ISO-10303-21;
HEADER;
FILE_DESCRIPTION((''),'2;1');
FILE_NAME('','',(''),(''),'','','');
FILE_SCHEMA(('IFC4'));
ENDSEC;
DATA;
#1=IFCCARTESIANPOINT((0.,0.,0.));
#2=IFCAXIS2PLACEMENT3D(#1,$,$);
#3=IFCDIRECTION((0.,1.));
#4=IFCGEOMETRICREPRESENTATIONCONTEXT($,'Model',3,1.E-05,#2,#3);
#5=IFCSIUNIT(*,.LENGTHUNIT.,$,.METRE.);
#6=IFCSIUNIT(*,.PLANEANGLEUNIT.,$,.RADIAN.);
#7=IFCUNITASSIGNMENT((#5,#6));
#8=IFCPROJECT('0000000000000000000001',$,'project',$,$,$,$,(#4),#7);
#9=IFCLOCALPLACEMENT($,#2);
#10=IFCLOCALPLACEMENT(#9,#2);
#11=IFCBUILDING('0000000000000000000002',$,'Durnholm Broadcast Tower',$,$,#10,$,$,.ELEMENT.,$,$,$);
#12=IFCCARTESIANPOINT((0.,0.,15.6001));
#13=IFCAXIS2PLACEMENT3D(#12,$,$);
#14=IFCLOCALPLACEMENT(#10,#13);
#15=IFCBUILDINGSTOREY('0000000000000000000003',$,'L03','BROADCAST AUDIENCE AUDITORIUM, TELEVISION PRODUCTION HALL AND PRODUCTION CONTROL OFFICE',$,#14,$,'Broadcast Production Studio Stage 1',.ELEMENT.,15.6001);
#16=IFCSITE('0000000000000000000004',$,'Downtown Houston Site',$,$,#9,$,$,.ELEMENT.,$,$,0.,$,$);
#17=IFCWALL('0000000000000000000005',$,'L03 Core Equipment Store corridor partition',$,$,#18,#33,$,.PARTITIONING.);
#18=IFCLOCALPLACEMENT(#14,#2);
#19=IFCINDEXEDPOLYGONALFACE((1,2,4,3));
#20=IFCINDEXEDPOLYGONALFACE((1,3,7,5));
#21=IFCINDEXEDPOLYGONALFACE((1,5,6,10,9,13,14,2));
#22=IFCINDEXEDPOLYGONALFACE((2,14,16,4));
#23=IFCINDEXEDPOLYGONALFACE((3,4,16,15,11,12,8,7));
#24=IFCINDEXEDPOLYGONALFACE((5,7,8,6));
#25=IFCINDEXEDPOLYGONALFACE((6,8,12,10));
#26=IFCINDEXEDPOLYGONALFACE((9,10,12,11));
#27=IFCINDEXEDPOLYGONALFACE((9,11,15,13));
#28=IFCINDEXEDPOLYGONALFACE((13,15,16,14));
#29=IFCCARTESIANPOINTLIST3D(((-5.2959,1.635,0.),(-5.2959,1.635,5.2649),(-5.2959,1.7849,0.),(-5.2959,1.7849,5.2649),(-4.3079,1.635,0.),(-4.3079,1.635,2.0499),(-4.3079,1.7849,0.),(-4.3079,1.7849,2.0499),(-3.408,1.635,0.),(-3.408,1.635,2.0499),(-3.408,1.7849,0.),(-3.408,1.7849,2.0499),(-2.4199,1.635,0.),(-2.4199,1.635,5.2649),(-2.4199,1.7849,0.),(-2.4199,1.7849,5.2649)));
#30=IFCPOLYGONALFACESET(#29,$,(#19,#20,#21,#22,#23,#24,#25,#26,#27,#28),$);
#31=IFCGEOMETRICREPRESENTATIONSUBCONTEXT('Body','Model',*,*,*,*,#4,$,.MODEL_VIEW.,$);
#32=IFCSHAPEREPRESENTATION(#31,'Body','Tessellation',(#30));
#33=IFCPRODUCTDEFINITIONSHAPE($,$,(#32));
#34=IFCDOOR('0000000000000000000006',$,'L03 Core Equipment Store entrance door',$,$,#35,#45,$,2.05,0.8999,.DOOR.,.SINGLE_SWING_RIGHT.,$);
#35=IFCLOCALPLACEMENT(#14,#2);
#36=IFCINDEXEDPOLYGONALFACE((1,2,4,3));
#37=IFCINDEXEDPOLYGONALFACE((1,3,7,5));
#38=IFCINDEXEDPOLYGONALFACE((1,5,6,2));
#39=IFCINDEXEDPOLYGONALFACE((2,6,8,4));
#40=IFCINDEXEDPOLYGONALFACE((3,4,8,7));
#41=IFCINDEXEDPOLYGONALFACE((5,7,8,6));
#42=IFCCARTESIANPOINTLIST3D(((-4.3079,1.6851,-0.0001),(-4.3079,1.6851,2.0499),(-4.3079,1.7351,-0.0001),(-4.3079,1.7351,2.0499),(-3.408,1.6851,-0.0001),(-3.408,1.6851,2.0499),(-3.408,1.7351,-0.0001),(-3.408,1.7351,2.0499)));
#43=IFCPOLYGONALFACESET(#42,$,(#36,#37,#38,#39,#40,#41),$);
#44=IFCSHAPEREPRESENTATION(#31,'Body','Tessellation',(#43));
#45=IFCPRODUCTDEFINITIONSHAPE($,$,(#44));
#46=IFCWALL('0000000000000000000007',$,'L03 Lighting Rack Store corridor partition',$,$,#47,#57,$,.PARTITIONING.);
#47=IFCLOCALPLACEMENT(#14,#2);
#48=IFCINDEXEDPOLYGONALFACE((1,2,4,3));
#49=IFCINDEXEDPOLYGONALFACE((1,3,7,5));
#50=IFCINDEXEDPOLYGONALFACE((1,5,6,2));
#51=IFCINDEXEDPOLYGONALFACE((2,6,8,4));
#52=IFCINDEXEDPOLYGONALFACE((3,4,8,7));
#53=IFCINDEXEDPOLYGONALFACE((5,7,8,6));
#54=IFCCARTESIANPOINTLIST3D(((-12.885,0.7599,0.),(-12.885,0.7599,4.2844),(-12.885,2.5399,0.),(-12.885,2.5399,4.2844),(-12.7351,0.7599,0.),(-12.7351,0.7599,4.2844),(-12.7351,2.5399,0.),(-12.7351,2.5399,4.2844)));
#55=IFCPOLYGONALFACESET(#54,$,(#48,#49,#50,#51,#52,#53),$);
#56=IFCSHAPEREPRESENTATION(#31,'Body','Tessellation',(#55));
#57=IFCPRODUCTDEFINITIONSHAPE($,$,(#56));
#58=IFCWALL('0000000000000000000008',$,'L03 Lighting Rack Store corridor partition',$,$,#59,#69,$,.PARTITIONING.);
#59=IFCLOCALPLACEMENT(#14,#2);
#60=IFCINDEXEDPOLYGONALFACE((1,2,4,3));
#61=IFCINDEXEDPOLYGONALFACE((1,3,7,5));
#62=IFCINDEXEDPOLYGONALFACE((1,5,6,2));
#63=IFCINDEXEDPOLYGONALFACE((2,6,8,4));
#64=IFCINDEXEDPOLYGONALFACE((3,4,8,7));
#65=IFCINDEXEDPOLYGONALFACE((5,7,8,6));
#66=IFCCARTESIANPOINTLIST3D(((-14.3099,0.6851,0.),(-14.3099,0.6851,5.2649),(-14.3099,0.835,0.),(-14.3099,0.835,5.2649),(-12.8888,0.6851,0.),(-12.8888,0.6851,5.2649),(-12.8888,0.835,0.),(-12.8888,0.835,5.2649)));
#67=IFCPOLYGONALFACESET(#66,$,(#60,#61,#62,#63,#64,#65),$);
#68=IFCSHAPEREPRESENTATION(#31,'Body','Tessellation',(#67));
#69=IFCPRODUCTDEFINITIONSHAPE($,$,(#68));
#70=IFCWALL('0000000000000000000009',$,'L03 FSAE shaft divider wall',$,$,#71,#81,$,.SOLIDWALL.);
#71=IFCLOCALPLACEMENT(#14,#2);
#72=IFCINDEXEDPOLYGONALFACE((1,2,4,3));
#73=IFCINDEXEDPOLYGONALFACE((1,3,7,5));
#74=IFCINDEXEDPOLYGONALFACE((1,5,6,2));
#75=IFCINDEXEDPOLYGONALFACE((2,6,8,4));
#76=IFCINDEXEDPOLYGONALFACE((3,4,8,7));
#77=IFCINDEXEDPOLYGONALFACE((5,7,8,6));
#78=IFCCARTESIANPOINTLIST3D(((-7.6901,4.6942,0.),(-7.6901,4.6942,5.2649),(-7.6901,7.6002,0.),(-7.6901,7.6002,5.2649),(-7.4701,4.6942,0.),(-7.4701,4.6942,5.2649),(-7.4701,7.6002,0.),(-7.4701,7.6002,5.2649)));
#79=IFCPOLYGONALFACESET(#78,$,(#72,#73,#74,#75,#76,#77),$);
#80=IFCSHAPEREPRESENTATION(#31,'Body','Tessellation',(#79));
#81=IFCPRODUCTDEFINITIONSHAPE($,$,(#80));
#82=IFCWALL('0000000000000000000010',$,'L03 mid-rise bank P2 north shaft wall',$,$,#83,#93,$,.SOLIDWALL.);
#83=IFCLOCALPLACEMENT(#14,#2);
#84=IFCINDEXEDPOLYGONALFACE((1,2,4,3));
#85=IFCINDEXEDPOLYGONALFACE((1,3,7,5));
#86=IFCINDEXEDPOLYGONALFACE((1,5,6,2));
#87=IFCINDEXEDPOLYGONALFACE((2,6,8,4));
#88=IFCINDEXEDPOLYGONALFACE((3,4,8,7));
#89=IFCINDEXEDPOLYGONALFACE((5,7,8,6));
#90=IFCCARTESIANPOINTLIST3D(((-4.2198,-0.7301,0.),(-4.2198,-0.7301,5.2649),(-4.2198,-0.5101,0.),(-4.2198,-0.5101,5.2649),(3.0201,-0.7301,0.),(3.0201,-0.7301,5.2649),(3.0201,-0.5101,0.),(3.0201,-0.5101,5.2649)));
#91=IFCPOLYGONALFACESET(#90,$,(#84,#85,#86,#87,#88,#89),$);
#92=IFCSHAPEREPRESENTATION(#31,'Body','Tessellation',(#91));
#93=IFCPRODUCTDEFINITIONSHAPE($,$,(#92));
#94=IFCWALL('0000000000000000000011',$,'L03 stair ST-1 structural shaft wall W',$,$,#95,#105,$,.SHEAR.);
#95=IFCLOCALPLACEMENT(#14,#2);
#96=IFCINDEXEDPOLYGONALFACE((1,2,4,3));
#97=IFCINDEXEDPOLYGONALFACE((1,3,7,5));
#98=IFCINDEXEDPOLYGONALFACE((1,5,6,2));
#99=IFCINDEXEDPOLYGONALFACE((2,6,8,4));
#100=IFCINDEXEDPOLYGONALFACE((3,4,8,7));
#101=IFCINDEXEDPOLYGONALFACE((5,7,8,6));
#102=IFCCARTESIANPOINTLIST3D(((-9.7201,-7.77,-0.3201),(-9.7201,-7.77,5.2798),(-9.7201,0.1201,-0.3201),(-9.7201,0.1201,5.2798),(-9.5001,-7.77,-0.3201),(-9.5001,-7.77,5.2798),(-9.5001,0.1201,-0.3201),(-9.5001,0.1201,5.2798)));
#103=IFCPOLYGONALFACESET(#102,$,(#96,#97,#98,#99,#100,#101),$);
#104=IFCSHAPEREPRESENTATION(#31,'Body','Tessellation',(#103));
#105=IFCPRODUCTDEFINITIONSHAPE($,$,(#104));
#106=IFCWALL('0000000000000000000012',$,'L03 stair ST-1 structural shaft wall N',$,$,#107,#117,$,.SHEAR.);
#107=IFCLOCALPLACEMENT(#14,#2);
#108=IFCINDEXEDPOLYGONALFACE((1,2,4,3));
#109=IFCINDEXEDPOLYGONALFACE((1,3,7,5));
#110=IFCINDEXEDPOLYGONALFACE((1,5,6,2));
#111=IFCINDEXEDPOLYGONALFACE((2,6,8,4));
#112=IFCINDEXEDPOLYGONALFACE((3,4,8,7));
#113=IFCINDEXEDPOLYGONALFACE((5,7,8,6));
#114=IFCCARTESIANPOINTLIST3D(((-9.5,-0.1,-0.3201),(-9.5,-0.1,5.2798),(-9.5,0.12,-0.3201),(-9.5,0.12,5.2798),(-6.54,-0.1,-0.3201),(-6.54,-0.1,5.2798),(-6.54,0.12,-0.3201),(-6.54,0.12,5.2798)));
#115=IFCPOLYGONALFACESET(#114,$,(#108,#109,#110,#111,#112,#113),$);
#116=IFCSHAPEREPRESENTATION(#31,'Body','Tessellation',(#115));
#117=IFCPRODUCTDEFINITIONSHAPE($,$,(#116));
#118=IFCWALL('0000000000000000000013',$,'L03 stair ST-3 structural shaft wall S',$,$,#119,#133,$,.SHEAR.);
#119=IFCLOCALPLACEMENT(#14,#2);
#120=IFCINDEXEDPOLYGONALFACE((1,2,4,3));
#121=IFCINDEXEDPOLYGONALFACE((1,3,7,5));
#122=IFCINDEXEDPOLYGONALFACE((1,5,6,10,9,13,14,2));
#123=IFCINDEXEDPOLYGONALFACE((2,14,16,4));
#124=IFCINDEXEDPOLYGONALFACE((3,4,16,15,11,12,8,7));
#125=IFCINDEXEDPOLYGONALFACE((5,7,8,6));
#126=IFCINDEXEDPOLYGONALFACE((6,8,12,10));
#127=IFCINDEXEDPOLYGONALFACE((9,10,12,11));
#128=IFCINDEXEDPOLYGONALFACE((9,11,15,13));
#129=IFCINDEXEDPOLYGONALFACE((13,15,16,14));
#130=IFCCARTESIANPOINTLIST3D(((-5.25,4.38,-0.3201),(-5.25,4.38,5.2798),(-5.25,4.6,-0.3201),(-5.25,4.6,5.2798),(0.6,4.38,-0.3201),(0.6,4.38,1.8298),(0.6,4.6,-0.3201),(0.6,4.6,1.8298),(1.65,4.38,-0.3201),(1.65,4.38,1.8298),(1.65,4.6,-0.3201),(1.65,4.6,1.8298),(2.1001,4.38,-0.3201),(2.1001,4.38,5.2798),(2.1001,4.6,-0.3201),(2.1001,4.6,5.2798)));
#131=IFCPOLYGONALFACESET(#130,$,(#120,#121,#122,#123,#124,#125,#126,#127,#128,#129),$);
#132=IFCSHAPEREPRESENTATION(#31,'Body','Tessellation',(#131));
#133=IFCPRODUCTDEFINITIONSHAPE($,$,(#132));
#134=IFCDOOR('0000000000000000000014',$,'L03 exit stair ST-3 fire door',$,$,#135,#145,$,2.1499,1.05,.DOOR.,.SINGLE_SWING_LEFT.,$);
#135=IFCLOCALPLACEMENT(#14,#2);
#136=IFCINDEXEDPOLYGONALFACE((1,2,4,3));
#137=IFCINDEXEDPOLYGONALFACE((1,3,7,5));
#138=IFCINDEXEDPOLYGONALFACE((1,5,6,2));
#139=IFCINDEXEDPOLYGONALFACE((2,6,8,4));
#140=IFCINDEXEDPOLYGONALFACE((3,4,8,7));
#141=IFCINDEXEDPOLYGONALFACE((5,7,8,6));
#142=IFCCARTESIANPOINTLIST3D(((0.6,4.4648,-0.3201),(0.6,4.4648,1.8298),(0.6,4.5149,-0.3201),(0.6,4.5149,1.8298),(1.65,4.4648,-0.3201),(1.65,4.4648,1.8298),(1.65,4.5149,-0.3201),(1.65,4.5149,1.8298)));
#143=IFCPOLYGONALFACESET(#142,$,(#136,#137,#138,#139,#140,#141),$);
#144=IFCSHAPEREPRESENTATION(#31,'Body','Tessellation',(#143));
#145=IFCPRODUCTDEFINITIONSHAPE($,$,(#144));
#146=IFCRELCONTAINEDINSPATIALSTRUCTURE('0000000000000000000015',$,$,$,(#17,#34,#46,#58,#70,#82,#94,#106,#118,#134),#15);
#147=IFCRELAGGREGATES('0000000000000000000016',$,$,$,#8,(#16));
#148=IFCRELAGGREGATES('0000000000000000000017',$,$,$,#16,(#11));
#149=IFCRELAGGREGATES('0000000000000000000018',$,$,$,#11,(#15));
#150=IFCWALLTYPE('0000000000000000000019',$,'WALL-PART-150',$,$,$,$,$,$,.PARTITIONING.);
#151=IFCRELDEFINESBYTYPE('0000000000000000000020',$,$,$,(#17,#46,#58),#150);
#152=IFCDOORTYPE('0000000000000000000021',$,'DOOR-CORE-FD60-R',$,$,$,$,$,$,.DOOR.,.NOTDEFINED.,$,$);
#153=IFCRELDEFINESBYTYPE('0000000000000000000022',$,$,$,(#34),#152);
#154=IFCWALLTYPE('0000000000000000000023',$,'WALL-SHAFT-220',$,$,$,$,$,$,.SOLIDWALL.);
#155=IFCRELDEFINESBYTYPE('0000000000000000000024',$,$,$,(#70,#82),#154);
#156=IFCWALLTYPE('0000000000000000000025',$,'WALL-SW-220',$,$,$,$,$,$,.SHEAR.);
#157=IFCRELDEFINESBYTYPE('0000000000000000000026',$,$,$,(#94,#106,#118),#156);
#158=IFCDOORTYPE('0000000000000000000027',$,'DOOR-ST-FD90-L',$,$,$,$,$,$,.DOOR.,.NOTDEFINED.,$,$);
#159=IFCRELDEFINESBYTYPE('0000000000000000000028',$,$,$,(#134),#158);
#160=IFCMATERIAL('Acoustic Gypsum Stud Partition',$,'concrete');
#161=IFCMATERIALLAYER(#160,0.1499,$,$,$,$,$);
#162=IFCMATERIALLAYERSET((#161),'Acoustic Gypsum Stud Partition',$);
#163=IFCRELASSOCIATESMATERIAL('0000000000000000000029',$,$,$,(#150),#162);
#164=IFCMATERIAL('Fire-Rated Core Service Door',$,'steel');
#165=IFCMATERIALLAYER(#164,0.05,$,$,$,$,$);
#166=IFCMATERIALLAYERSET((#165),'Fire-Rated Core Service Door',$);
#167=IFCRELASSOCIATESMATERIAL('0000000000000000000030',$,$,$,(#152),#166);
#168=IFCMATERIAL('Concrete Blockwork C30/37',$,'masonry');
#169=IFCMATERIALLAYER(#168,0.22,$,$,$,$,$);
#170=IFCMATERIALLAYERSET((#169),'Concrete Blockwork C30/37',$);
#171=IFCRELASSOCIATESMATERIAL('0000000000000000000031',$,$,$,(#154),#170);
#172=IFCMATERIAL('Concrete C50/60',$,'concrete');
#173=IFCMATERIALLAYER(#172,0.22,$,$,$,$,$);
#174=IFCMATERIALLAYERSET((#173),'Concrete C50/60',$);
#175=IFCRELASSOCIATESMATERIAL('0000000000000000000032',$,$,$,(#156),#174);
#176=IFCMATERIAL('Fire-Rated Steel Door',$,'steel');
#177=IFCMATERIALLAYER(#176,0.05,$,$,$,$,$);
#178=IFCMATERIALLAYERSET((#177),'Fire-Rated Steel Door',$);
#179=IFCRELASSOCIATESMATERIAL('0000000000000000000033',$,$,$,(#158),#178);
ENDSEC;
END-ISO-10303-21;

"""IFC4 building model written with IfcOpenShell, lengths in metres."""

from ifc_helpers import new_model, si_unit, direction, frame, frame_2d, origin, place, context, subcontext, project, spatial, rectangle, extrude, source, transform, mapped, material, layer, layer_set, type_object, type_shapes, element, fill, save


model = new_model("IFC4")

# Units and contexts
model_context = context("Model", 3, precision=1e-05, world=origin(), true_north=direction((0.0, 1.0)))
body_context = subcontext(model_context, "Body", "Model", "MODEL_VIEW")
ifc_project = project(units=[si_unit("LENGTHUNIT", "METRE"), si_unit("PLANEANGLEUNIT", "RADIAN")], contexts=[model_context])

# Site, building, storey
site_placement = place(None, origin())
site = spatial("IfcSite", under=ifc_project, at=site_placement, Name="Downtown Houston Site", CompositionType="ELEMENT", RefElevation=0.0)
building_placement = place(site_placement, origin())
building = spatial("IfcBuilding", under=site, at=building_placement, Name="Durnholm Broadcast Tower", CompositionType="ELEMENT")
storey_placement = place(building_placement, frame((0.0, 0.0, 15.6001)))
storey = spatial("IfcBuildingStorey", under=building, at=storey_placement, Name="L03", Description="BROADCAST AUDIENCE AUDITORIUM, TELEVISION PRODUCTION HALL AND PRODUCTION CONTROL OFFICE", LongName="Broadcast Production Studio Stage 1", CompositionType="ELEMENT", Elevation=15.6001)

# Wall, opening, door
ifc_material_1 = material(Name="Acoustic Gypsum Stud Partition", Category="concrete")
ifc_layer_1 = layer(ifc_material_1, 0.1499)
ifc_layer_set_1 = layer_set([ifc_layer_1], Name="Acoustic Gypsum Stud Partition")
wall_type_1 = type_object("IfcWallType", Name="WALL-PART-150", PredefinedType="PARTITIONING", material=ifc_layer_set_1)
wall_1_placement = place(storey_placement, frame((-2.4199, 1.71, 0.0), z_axis=(0.0, 0.0, 1.0), x_axis=(-1.0, 0.0, 0.0)))
wall_1 = element("IfcWall", 1, at=wall_1_placement, inside=storey, type_object=wall_type_1, Name="L03 Core Equipment Store corridor partition", PredefinedType="PARTITIONING", context=body_context, shape_type="SweptSolid", body=[
    extrude(rectangle(XDim=2.876, YDim=0.1499, at=frame_2d((1.438, 0.0))), origin(), (0.0, 0.0, 1.0), 5.2649),
])
opening_1_placement = place(wall_1_placement, frame((0.988, 0.0, 0.0)))
opening_1 = element("IfcOpeningElement", 2, at=opening_1_placement, cuts=wall_1, PredefinedType="OPENING", context=body_context, shape_type="SweptSolid", body=[
    extrude(rectangle(XDim=0.8999, YDim=2.05, at=frame_2d((0.45, 1.0249))), frame((0.0, 0.085, 0.0), z_axis=(0.0, -1.0, 0.0), x_axis=(1.0, 0.0, 0.0)), (0.0, 0.0, 1.0), 0.1699),
])
ifc_material_2 = material(Name="Fire-Rated Core Service Door", Category="steel")
ifc_layer_2 = layer(ifc_material_2, 0.05)
ifc_layer_set_2 = layer_set([ifc_layer_2], Name="Fire-Rated Core Service Door")
door_type_1 = type_object("IfcDoorType", Name="DOOR-CORE-FD60-R", OperationType="NOTDEFINED", PredefinedType="DOOR", material=ifc_layer_set_2)
shared_shape_1 = source(origin(), body_context, "Body", "SweptSolid", [
    extrude(rectangle(XDim=0.8999, YDim=2.05, at=frame_2d((0.45, 1.0249))), frame((0.0, 0.0249, 0.0), z_axis=(0.0, -1.0, 0.0), x_axis=(1.0, 0.0, 0.0)), (0.0, 0.0, 1.0), 0.05),
])
type_shapes(door_type_1, [shared_shape_1])
door_1_placement = place(opening_1_placement, origin())
door_1 = element("IfcDoor", 3, at=door_1_placement, inside=storey, type_object=door_type_1, Name="L03 Core Equipment Store entrance door", OperationType="SINGLE_SWING_RIGHT", OverallHeight=2.05, OverallWidth=0.8999, PredefinedType="DOOR", context=body_context, shape_type="MappedRepresentation", body=[
    mapped(shared_shape_1, transform((0.0, 0.0, 0.0), x_axis=(1.0, 0.0, 0.0), y_axis=(0.0, 1.0, 0.0), z_axis=(0.0, 0.0, 1.0), scale=1.0)),
])
fill(opening_1, door_1)

# Walls
wall_2_placement = place(storey_placement, frame((-12.8101, 2.54, 0.0), z_axis=(0.0, 0.0, 1.0), x_axis=(0.0, -1.0, 0.0)))
element("IfcWall", 4, at=wall_2_placement, inside=storey, type_object=wall_type_1, Name="L03 Lighting Rack Store corridor partition", PredefinedType="PARTITIONING", context=body_context, shape_type="SweptSolid", body=[
    extrude(rectangle(XDim=1.78, YDim=0.1499, at=frame_2d((0.8901, 0.0))), origin(), (0.0, 0.0, 1.0), 4.2844),
])
wall_3_placement = place(storey_placement, frame((-12.8889, 0.76, 0.0), z_axis=(0.0, 0.0, 1.0), x_axis=(-1.0, 0.0, 0.0)))
element("IfcWall", 5, at=wall_3_placement, inside=storey, type_object=wall_type_1, Name="L03 Lighting Rack Store corridor partition", PredefinedType="PARTITIONING", context=body_context, shape_type="SweptSolid", body=[
    extrude(rectangle(XDim=1.4211, YDim=0.1499, at=frame_2d((0.7104, 0.0))), origin(), (0.0, 0.0, 1.0), 5.2649),
])

# Shared definitions
ifc_material_3 = material(Name="Concrete Blockwork C30/37", Category="masonry")
ifc_layer_3 = layer(ifc_material_3, 0.22)
ifc_layer_set_3 = layer_set([ifc_layer_3], Name="Concrete Blockwork C30/37")
wall_type_2 = type_object("IfcWallType", Name="WALL-SHAFT-220", PredefinedType="SOLIDWALL", material=ifc_layer_set_3)

# Walls
wall_4_placement = place(storey_placement, frame((-7.5801, 4.6941, 0.0), z_axis=(0.0, 0.0, 1.0), x_axis=(0.0, 1.0, 0.0)))
element("IfcWall", 6, at=wall_4_placement, inside=storey, type_object=wall_type_2, Name="L03 FSAE shaft divider wall", PredefinedType="SOLIDWALL", context=body_context, shape_type="SweptSolid", body=[
    extrude(rectangle(XDim=2.906, YDim=0.22, at=frame_2d((1.4531, 0.0))), origin(), (0.0, 0.0, 1.0), 5.2649),
])
wall_5_placement = place(storey_placement, frame((-4.22, -0.6201, 0.0), z_axis=(0.0, 0.0, 1.0), x_axis=(1.0, 0.0, 0.0)))
element("IfcWall", 7, at=wall_5_placement, inside=storey, type_object=wall_type_2, Name="L03 mid-rise bank P2 north shaft wall", PredefinedType="SOLIDWALL", context=body_context, shape_type="SweptSolid", body=[
    extrude(rectangle(XDim=7.24, YDim=0.22, at=frame_2d((3.6201, 0.0))), origin(), (0.0, 0.0, 1.0), 5.2649),
])
ifc_material_4 = material(Name="Concrete C50/60", Category="concrete")
ifc_layer_4 = layer(ifc_material_4, 0.22)
ifc_layer_set_4 = layer_set([ifc_layer_4], Name="Concrete C50/60")
wall_type_3 = type_object("IfcWallType", Name="WALL-SW-220", PredefinedType="SHEAR", material=ifc_layer_set_4)
wall_6_placement = place(storey_placement, frame((-9.6101, 0.1201, -0.3201), z_axis=(0.0, 0.0, 1.0), x_axis=(0.0, -1.0, 0.0)))
element("IfcWall", 8, at=wall_6_placement, inside=storey, type_object=wall_type_3, Name="L03 stair ST-1 structural shaft wall W", PredefinedType="SHEAR", context=body_context, shape_type="SweptSolid", body=[
    extrude(rectangle(XDim=7.8901, YDim=0.22, at=frame_2d((3.9451, 0.0))), origin(), (0.0, 0.0, 1.0), 5.5999),
])
wall_7_placement = place(storey_placement, frame((-6.54, 0.01, -0.3201), z_axis=(0.0, 0.0, 1.0), x_axis=(-1.0, 0.0, 0.0)))
element("IfcWall", 9, at=wall_7_placement, inside=storey, type_object=wall_type_3, Name="L03 stair ST-1 structural shaft wall N", PredefinedType="SHEAR", context=body_context, shape_type="SweptSolid", body=[
    extrude(rectangle(XDim=2.96, YDim=0.22, at=frame_2d((1.48, 0.0))), origin(), (0.0, 0.0, 1.0), 5.5999),
])

# Wall, opening, door
wall_8_placement = place(storey_placement, frame((-5.25, 4.49, -0.3201), z_axis=(0.0, 0.0, 1.0), x_axis=(1.0, 0.0, 0.0)))
wall_8 = element("IfcWall", 10, at=wall_8_placement, inside=storey, type_object=wall_type_3, Name="L03 stair ST-3 structural shaft wall S", PredefinedType="SHEAR", context=body_context, shape_type="SweptSolid", body=[
    extrude(rectangle(XDim=7.3501, YDim=0.22, at=frame_2d((3.675, 0.0))), origin(), (0.0, 0.0, 1.0), 5.5999),
])
opening_2_placement = place(wall_8_placement, frame((5.8501, 0.0, 0.0)))
opening_2 = element("IfcOpeningElement", 11, at=opening_2_placement, cuts=wall_8, PredefinedType="OPENING", context=body_context, shape_type="SweptSolid", body=[
    extrude(rectangle(XDim=1.05, YDim=2.1499, at=frame_2d((0.5249, 1.075))), frame((0.0, 0.1201, 0.0), z_axis=(0.0, -1.0, 0.0), x_axis=(1.0, 0.0, 0.0)), (0.0, 0.0, 1.0), 0.24),
])
ifc_material_5 = material(Name="Fire-Rated Steel Door", Category="steel")
ifc_layer_5 = layer(ifc_material_5, 0.05)
ifc_layer_set_5 = layer_set([ifc_layer_5], Name="Fire-Rated Steel Door")
door_type_2 = type_object("IfcDoorType", Name="DOOR-ST-FD90-L", OperationType="NOTDEFINED", PredefinedType="DOOR", material=ifc_layer_set_5)
shared_shape_2 = source(origin(), body_context, "Body", "SweptSolid", [
    extrude(rectangle(XDim=1.05, YDim=2.1499, at=frame_2d((0.5249, 1.075))), frame((0.0, 0.0249, 0.0), z_axis=(0.0, -1.0, 0.0), x_axis=(1.0, 0.0, 0.0)), (0.0, 0.0, 1.0), 0.05),
])
type_shapes(door_type_2, [shared_shape_2])
door_2_placement = place(opening_2_placement, origin())
door_2 = element("IfcDoor", 12, at=door_2_placement, inside=storey, type_object=door_type_2, Name="L03 exit stair ST-3 fire door", OperationType="SINGLE_SWING_LEFT", OverallHeight=2.1499, OverallWidth=1.05, PredefinedType="DOOR", context=body_context, shape_type="MappedRepresentation", body=[
    mapped(shared_shape_2, transform((0.0, 0.0, 0.0), x_axis=(1.0, 0.0, 0.0), y_axis=(0.0, 1.0, 0.0), z_axis=(0.0, 0.0, 1.0), scale=1.0)),
])
fill(opening_2, door_2)

save(model, "model.ifc")
